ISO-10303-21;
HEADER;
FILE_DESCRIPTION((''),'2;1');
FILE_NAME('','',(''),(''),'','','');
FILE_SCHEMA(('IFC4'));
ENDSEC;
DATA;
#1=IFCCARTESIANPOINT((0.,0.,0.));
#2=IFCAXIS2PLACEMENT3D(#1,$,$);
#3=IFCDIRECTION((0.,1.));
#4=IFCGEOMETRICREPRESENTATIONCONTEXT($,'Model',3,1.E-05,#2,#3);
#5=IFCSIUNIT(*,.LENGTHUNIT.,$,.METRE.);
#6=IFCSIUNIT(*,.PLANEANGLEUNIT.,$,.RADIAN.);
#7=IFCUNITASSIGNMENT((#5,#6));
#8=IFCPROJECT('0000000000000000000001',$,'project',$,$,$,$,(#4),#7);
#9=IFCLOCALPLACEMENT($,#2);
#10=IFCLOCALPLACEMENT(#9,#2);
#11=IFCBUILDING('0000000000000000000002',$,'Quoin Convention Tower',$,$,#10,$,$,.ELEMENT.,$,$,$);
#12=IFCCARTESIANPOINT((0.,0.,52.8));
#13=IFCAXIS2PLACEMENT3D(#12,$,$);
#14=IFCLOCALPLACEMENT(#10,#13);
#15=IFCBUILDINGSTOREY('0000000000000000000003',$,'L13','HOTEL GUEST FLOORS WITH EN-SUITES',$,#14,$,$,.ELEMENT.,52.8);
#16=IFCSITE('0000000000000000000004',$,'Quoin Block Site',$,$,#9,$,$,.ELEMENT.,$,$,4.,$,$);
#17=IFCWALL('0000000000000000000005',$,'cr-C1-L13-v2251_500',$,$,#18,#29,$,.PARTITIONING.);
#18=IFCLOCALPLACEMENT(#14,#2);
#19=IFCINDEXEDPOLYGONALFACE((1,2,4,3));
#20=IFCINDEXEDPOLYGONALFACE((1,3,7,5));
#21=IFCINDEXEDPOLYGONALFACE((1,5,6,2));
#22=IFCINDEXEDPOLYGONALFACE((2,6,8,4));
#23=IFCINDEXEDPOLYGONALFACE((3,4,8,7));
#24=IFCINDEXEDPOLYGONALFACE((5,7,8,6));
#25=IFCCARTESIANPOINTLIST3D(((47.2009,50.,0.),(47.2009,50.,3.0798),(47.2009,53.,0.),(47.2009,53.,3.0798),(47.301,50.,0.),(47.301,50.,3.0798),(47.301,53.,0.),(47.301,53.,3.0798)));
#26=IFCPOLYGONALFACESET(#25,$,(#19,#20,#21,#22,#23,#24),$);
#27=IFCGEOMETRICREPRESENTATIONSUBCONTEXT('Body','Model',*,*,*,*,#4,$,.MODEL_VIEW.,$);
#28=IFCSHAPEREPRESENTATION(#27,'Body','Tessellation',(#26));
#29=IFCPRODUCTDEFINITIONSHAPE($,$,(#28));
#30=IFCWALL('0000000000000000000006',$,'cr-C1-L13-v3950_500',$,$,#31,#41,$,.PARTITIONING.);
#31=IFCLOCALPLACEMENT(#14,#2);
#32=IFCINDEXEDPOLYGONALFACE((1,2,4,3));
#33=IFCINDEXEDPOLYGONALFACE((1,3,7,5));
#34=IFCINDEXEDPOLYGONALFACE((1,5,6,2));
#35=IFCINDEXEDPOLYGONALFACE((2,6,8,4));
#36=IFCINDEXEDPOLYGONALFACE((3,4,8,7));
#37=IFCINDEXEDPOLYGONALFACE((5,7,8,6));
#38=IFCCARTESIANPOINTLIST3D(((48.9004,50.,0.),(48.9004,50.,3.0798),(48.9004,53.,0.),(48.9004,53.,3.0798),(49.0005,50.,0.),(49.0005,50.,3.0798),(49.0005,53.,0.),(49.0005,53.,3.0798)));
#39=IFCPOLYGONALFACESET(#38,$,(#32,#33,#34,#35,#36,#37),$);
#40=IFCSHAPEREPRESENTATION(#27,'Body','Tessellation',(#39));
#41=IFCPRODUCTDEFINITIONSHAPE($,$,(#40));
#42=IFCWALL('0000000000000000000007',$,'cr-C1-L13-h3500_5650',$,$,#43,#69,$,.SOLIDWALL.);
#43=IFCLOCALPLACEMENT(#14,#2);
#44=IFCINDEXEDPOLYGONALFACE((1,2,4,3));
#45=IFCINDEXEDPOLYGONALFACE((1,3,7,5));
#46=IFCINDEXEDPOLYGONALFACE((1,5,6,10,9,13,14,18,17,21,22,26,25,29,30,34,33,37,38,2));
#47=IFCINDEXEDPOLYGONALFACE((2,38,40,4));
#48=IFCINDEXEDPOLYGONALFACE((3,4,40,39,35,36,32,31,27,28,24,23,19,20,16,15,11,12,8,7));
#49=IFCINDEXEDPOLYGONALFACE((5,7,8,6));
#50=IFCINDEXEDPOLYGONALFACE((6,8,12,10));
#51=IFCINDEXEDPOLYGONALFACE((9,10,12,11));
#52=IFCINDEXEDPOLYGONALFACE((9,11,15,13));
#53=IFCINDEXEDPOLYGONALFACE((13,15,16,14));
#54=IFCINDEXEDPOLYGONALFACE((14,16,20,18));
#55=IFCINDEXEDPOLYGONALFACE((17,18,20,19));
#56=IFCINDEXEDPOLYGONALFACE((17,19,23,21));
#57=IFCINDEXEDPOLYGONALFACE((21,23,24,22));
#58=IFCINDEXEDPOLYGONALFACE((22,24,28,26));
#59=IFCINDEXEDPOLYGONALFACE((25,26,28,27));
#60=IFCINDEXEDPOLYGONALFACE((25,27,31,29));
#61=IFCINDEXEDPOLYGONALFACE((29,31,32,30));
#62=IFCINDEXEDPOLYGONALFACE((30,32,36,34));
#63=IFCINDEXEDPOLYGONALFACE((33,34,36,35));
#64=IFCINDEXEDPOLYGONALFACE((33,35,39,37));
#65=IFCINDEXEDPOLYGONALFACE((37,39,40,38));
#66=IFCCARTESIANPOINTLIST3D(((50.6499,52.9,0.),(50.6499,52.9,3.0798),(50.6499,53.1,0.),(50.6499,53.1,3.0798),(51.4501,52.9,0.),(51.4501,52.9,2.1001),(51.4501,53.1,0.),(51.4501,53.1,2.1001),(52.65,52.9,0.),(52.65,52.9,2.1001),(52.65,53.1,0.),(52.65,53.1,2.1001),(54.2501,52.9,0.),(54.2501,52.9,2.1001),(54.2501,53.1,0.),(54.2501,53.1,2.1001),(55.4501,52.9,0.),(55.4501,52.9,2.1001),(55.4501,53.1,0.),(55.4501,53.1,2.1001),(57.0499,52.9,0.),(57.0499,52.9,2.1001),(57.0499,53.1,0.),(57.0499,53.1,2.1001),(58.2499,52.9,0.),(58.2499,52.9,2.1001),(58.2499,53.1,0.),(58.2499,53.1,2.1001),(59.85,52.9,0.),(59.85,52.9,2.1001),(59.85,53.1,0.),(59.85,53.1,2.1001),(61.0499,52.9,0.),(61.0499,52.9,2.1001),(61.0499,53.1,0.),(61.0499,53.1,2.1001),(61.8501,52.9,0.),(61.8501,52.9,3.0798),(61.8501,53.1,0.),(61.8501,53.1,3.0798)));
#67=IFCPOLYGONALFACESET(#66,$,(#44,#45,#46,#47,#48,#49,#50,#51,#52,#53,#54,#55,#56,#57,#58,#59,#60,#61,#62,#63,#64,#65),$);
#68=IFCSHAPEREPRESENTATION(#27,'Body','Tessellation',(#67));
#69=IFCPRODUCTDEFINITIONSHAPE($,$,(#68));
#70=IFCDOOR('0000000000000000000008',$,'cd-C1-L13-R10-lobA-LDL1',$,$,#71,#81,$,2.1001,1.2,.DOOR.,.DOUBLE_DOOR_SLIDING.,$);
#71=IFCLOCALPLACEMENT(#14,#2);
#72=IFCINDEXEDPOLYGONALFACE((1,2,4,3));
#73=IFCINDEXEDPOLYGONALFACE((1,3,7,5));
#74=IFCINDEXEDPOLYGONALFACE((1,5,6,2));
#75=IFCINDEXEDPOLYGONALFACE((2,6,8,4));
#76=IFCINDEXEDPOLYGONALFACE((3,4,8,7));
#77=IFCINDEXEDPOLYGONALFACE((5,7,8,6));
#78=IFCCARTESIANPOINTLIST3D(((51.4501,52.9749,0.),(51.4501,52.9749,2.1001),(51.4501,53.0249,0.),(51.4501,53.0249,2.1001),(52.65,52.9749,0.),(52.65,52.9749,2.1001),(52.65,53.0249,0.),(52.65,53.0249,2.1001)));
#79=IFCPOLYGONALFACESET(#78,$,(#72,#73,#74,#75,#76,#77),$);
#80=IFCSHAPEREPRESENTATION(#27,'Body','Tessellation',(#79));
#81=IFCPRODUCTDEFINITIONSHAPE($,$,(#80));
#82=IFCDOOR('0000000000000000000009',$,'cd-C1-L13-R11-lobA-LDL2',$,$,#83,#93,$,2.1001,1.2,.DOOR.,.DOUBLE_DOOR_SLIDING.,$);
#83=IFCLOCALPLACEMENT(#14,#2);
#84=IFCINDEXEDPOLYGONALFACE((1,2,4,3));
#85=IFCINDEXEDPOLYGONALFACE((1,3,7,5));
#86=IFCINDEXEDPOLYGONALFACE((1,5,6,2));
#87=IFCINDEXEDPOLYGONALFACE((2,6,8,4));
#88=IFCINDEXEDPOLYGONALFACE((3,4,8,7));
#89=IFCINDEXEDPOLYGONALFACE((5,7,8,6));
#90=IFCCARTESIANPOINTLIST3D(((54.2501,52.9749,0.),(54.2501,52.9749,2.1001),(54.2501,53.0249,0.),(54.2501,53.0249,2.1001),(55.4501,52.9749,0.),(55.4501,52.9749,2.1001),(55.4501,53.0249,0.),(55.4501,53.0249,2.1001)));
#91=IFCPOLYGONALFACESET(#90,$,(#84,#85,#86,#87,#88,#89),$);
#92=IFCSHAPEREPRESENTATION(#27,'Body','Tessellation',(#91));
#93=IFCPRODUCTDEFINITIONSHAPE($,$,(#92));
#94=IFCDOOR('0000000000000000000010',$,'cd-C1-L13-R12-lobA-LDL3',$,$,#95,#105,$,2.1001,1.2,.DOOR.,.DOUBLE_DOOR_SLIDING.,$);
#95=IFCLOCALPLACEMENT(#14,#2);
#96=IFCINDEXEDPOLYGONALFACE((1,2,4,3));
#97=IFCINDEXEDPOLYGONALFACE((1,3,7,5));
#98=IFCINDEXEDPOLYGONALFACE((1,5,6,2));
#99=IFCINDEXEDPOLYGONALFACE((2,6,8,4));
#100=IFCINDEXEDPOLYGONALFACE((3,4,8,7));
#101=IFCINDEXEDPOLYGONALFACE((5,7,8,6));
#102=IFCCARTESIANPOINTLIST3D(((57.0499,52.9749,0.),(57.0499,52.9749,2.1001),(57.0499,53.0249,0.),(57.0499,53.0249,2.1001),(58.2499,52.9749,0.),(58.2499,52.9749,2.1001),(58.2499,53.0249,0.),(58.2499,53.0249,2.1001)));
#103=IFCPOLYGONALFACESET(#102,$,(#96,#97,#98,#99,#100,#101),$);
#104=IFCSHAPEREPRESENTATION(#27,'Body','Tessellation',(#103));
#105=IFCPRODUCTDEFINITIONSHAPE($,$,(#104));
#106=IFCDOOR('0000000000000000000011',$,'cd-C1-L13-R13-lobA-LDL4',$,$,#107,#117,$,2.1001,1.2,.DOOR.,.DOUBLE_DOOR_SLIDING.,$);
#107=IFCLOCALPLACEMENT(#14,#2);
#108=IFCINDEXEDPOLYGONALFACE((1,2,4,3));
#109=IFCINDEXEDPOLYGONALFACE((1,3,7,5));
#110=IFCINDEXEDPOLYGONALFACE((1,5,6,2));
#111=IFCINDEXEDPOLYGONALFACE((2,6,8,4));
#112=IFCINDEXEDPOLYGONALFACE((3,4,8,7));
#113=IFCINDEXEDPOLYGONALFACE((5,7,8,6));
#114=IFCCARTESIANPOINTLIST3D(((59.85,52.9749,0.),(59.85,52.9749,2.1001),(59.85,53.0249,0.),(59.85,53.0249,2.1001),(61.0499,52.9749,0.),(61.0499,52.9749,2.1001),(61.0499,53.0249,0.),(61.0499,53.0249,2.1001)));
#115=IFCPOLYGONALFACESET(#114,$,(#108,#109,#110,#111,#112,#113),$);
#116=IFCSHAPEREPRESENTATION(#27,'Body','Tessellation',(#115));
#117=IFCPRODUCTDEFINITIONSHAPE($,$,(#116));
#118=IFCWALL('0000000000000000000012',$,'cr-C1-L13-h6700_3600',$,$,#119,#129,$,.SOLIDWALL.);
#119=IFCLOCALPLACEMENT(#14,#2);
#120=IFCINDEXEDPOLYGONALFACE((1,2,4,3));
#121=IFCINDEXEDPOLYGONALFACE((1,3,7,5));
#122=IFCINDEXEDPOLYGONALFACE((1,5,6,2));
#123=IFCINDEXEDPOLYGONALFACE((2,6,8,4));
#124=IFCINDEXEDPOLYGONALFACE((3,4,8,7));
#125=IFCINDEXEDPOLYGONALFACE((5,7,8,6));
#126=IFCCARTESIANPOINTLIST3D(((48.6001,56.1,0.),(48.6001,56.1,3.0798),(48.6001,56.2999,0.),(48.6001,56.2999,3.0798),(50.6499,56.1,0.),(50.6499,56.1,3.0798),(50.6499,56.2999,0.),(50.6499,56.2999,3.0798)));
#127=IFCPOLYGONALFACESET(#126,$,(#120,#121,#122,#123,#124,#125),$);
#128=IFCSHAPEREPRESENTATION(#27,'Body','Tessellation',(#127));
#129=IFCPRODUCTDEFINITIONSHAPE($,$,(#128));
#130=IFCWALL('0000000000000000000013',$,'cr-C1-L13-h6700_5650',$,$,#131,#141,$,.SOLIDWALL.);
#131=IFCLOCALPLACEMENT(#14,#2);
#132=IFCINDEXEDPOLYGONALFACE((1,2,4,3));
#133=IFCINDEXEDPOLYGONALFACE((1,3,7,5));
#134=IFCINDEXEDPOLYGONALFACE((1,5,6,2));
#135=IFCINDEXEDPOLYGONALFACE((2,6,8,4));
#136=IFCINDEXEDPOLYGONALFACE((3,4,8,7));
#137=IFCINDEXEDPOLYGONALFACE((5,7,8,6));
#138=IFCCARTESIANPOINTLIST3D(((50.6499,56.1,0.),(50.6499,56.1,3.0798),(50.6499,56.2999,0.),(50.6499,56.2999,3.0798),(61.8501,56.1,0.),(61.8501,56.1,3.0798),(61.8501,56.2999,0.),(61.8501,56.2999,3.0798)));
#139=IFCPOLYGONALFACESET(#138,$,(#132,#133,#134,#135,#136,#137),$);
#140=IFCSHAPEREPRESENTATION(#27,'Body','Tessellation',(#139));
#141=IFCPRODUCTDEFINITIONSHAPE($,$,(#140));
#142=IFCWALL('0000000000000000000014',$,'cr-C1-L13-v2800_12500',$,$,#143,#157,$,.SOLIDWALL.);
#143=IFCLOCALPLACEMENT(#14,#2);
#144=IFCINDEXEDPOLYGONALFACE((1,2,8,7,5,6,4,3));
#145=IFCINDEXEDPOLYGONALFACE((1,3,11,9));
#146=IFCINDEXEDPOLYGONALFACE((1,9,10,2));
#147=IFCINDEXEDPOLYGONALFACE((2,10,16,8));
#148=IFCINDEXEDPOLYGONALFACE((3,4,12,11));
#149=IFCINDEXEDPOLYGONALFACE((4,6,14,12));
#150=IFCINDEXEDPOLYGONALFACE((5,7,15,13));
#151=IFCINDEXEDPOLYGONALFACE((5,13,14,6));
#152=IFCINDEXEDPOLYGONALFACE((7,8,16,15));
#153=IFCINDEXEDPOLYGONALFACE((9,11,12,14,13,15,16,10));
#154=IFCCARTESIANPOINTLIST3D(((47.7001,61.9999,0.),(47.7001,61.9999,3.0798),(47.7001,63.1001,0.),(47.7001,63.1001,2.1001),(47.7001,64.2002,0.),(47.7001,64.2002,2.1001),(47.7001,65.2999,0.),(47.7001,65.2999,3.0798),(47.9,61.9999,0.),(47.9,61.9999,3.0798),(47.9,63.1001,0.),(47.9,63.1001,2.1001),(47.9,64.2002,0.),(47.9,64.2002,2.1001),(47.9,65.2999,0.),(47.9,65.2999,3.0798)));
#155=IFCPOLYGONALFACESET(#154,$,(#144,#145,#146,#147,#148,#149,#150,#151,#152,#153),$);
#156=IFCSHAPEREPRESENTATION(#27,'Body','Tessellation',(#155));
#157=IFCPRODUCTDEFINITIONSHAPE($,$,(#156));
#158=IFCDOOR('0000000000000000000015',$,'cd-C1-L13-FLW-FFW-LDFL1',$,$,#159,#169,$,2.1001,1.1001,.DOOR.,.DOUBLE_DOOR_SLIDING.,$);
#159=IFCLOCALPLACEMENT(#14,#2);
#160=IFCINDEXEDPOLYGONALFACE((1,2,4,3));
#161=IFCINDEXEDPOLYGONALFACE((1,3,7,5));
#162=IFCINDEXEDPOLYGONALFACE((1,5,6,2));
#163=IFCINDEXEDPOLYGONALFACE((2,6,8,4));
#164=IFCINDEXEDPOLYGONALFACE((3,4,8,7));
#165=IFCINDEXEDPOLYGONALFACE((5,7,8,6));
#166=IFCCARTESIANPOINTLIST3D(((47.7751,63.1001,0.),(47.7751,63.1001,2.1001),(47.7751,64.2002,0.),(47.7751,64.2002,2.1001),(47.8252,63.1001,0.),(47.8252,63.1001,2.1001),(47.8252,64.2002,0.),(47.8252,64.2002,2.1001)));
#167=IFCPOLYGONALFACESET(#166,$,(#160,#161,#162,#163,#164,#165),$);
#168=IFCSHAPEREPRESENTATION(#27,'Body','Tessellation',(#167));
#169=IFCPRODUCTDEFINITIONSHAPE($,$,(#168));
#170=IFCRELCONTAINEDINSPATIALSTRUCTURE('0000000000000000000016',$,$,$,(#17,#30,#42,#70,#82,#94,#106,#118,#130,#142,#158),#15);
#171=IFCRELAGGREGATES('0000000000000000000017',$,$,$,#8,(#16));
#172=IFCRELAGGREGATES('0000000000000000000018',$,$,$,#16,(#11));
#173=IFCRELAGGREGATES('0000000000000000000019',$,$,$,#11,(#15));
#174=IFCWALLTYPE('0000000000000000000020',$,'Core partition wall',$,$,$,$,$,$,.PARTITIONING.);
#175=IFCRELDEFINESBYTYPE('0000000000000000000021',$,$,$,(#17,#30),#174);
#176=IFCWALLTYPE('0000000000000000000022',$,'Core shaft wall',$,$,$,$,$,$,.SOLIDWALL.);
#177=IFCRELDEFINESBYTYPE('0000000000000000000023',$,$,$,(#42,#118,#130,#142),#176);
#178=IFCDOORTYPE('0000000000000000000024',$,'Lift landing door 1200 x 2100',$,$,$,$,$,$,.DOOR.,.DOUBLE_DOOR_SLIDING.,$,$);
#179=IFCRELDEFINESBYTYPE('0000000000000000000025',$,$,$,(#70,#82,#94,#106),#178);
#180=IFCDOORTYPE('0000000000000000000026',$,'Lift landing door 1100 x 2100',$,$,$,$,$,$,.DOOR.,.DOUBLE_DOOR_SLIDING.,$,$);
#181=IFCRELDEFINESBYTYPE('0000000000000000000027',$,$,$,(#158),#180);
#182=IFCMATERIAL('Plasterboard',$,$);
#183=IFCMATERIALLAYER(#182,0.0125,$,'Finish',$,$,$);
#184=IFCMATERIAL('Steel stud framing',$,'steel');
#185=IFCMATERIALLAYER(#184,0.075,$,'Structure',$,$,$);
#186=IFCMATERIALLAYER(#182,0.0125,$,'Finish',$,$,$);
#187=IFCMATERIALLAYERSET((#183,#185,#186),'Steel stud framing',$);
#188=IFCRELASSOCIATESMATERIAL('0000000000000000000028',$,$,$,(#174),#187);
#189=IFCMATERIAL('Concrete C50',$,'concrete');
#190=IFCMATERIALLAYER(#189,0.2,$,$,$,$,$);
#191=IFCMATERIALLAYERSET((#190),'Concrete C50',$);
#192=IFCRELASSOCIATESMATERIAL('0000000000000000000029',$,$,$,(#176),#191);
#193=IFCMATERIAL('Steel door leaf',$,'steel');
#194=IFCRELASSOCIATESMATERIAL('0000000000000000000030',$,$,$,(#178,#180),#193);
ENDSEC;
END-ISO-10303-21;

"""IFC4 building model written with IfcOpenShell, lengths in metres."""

from ifc_helpers import new_model, si_unit, direction, frame, frame_2d, origin, place, context, subcontext, project, spatial, rectangle, extrude, material, layer, layer_set, type_object, element, fill, save


model = new_model("IFC4")

# Units and contexts
model_context = context("Model", 3, precision=1e-05, world=origin(), true_north=direction((0.0, 1.0)))
body_context = subcontext(model_context, "Body", "Model", "MODEL_VIEW")
ifc_project = project(units=[si_unit("LENGTHUNIT", "METRE"), si_unit("PLANEANGLEUNIT", "RADIAN")], contexts=[model_context])

# Site, building, storey
site_placement = place(None, origin())
site = spatial("IfcSite", under=ifc_project, at=site_placement, Name="Quoin Block Site", CompositionType="ELEMENT", RefElevation=4.0)
building_placement = place(site_placement, origin())
building = spatial("IfcBuilding", under=site, at=building_placement, Name="Quoin Convention Tower", CompositionType="ELEMENT")
storey_placement = place(building_placement, frame((0.0, 0.0, 52.8)))
storey = spatial("IfcBuildingStorey", under=building, at=storey_placement, Name="L13", Description="HOTEL GUEST FLOORS WITH EN-SUITES", CompositionType="ELEMENT", Elevation=52.8)

# Walls
ifc_material_1 = material(Name="Plasterboard")
ifc_layer_1 = layer(ifc_material_1, 0.0125, Name="Finish")
ifc_material_2 = material(Name="Steel stud framing", Category="steel")
ifc_layer_2 = layer(ifc_material_2, 0.075, Name="Structure")
ifc_layer_3 = layer(ifc_material_1, 0.0125, Name="Finish")
ifc_layer_set_1 = layer_set([ifc_layer_1, ifc_layer_2, ifc_layer_3], Name="Steel stud framing")
wall_type_1 = type_object("IfcWallType", Name="Core partition wall", PredefinedType="PARTITIONING", material=ifc_layer_set_1)
for number, where, z_axis, x_axis, name in (
    (1, (47.251, 50.0, 0.0), (0.0, 0.0, 1.0), (0.0, 1.0, 0.0), "cr-C1-L13-v2251_500"),
    (2, (48.9504, 50.0, 0.0), (0.0, 0.0, 1.0), (0.0, 1.0, 0.0), "cr-C1-L13-v3950_500"),
):
    element("IfcWall", number, at=place(storey_placement, frame(where, z_axis=z_axis, x_axis=x_axis)), inside=storey, type_object=wall_type_1, Name=name, PredefinedType="PARTITIONING", context=body_context, shape_type="SweptSolid", body=[
        extrude(rectangle(XDim=3.0, YDim=0.1001, at=frame_2d((1.5, 0.0))), origin(), (0.0, 0.0, 1.0), 3.0798),
    ])

# Wall, openings, doors
ifc_material_3 = material(Name="Concrete C50", Category="concrete")
ifc_layer_4 = layer(ifc_material_3, 0.2)
ifc_layer_set_2 = layer_set([ifc_layer_4], Name="Concrete C50")
wall_type_2 = type_object("IfcWallType", Name="Core shaft wall", PredefinedType="SOLIDWALL", material=ifc_layer_set_2)
wall_1_placement = place(storey_placement, frame((50.6499, 53.0, 0.0), z_axis=(0.0, 0.0, 1.0), x_axis=(1.0, 0.0, 0.0)))
wall_1 = element("IfcWall", 3, at=wall_1_placement, inside=storey, type_object=wall_type_2, Name="cr-C1-L13-h3500_5650", PredefinedType="SOLIDWALL", context=body_context, shape_type="SweptSolid", body=[
    extrude(rectangle(XDim=11.2002, YDim=0.2, at=frame_2d((5.6001, 0.0))), origin(), (0.0, 0.0, 1.0), 3.0798),
])
opening_1_placement = place(wall_1_placement, frame((0.8, 0.0, 0.0)))
opening_1 = element("IfcOpeningElement", 4, at=opening_1_placement, cuts=wall_1, PredefinedType="OPENING", context=body_context, shape_type="SweptSolid", body=[
    extrude(rectangle(XDim=1.2, YDim=2.1001, at=frame_2d((0.6001, 1.05))), frame((0.0, 0.1099, 0.0), z_axis=(0.0, -1.0, 0.0), x_axis=(1.0, 0.0, 0.0)), (0.0, 0.0, 1.0), 0.22),
])
opening_2_placement = place(wall_1_placement, frame((3.6001, 0.0, 0.0)))
opening_2 = element("IfcOpeningElement", 5, at=opening_2_placement, cuts=wall_1, PredefinedType="OPENING", context=body_context, shape_type="SweptSolid", body=[
    extrude(rectangle(XDim=1.2, YDim=2.1001, at=frame_2d((0.6001, 1.05))), frame((0.0, 0.1099, 0.0), z_axis=(0.0, -1.0, 0.0), x_axis=(1.0, 0.0, 0.0)), (0.0, 0.0, 1.0), 0.22),
])
opening_3_placement = place(wall_1_placement, frame((6.3999, 0.0, 0.0)))
opening_3 = element("IfcOpeningElement", 6, at=opening_3_placement, cuts=wall_1, PredefinedType="OPENING", context=body_context, shape_type="SweptSolid", body=[
    extrude(rectangle(XDim=1.2, YDim=2.1001, at=frame_2d((0.6001, 1.05))), frame((0.0, 0.1099, 0.0), z_axis=(0.0, -1.0, 0.0), x_axis=(1.0, 0.0, 0.0)), (0.0, 0.0, 1.0), 0.22),
])
opening_4_placement = place(wall_1_placement, frame((9.2, 0.0, 0.0)))
opening_4 = element("IfcOpeningElement", 7, at=opening_4_placement, cuts=wall_1, PredefinedType="OPENING", context=body_context, shape_type="SweptSolid", body=[
    extrude(rectangle(XDim=1.2, YDim=2.1001, at=frame_2d((0.6001, 1.05))), frame((0.0, 0.1099, 0.0), z_axis=(0.0, -1.0, 0.0), x_axis=(1.0, 0.0, 0.0)), (0.0, 0.0, 1.0), 0.22),
])
ifc_material_4 = material(Name="Steel door leaf", Category="steel")
door_type_1 = type_object("IfcDoorType", Name="Lift landing door 1200 x 2100", OperationType="DOUBLE_DOOR_SLIDING", PredefinedType="DOOR", material=ifc_material_4)
door_1_placement = place(opening_1_placement, origin())
door_1 = element("IfcDoor", 8, at=door_1_placement, inside=storey, type_object=door_type_1, Name="cd-C1-L13-R10-lobA-LDL1", OperationType="DOUBLE_DOOR_SLIDING", OverallHeight=2.1001, OverallWidth=1.2, PredefinedType="DOOR", context=body_context, shape_type="SweptSolid", body=[
    extrude(rectangle(XDim=1.2, YDim=2.1001, at=frame_2d((0.6001, 1.05))), frame((0.0, 0.0249, 0.0), z_axis=(0.0, -1.0, 0.0), x_axis=(1.0, 0.0, 0.0)), (0.0, 0.0, 1.0), 0.05),
])
fill(opening_1, door_1)
door_2_placement = place(opening_2_placement, origin())
door_2 = element("IfcDoor", 9, at=door_2_placement, inside=storey, type_object=door_type_1, Name="cd-C1-L13-R11-lobA-LDL2", OperationType="DOUBLE_DOOR_SLIDING", OverallHeight=2.1001, OverallWidth=1.2, PredefinedType="DOOR", context=body_context, shape_type="SweptSolid", body=[
    extrude(rectangle(XDim=1.2, YDim=2.1001, at=frame_2d((0.6001, 1.05))), frame((0.0, 0.0249, 0.0), z_axis=(0.0, -1.0, 0.0), x_axis=(1.0, 0.0, 0.0)), (0.0, 0.0, 1.0), 0.05),
])
fill(opening_2, door_2)
door_3_placement = place(opening_3_placement, origin())
door_3 = element("IfcDoor", 10, at=door_3_placement, inside=storey, type_object=door_type_1, Name="cd-C1-L13-R12-lobA-LDL3", OperationType="DOUBLE_DOOR_SLIDING", OverallHeight=2.1001, OverallWidth=1.2, PredefinedType="DOOR", context=body_context, shape_type="SweptSolid", body=[
    extrude(rectangle(XDim=1.2, YDim=2.1001, at=frame_2d((0.6001, 1.05))), frame((0.0, 0.0249, 0.0), z_axis=(0.0, -1.0, 0.0), x_axis=(1.0, 0.0, 0.0)), (0.0, 0.0, 1.0), 0.05),
])
fill(opening_3, door_3)
door_4_placement = place(opening_4_placement, origin())
door_4 = element("IfcDoor", 11, at=door_4_placement, inside=storey, type_object=door_type_1, Name="cd-C1-L13-R13-lobA-LDL4", OperationType="DOUBLE_DOOR_SLIDING", OverallHeight=2.1001, OverallWidth=1.2, PredefinedType="DOOR", context=body_context, shape_type="SweptSolid", body=[
    extrude(rectangle(XDim=1.2, YDim=2.1001, at=frame_2d((0.6001, 1.05))), frame((0.0, 0.0249, 0.0), z_axis=(0.0, -1.0, 0.0), x_axis=(1.0, 0.0, 0.0)), (0.0, 0.0, 1.0), 0.05),
])
fill(opening_4, door_4)

# Walls
wall_2_placement = place(storey_placement, frame((48.6001, 56.2, 0.0), z_axis=(0.0, 0.0, 1.0), x_axis=(1.0, 0.0, 0.0)))
element("IfcWall", 12, at=wall_2_placement, inside=storey, type_object=wall_type_2, Name="cr-C1-L13-h6700_3600", PredefinedType="SOLIDWALL", context=body_context, shape_type="SweptSolid", body=[
    extrude(rectangle(XDim=2.0498, YDim=0.2, at=frame_2d((1.0249, 0.0))), origin(), (0.0, 0.0, 1.0), 3.0798),
])
wall_3_placement = place(storey_placement, frame((50.6499, 56.2, 0.0), z_axis=(0.0, 0.0, 1.0), x_axis=(1.0, 0.0, 0.0)))
element("IfcWall", 13, at=wall_3_placement, inside=storey, type_object=wall_type_2, Name="cr-C1-L13-h6700_5650", PredefinedType="SOLIDWALL", context=body_context, shape_type="SweptSolid", body=[
    extrude(rectangle(XDim=11.2002, YDim=0.2, at=frame_2d((5.6001, 0.0))), origin(), (0.0, 0.0, 1.0), 3.0798),
])

# Wall, opening, door
wall_4_placement = place(storey_placement, frame((47.8, 62.0, 0.0), z_axis=(0.0, 0.0, 1.0), x_axis=(0.0, 1.0, 0.0)))
wall_4 = element("IfcWall", 14, at=wall_4_placement, inside=storey, type_object=wall_type_2, Name="cr-C1-L13-v2800_12500", PredefinedType="SOLIDWALL", context=body_context, shape_type="SweptSolid", body=[
    extrude(rectangle(XDim=3.3, YDim=0.2, at=frame_2d((1.6499, 0.0))), origin(), (0.0, 0.0, 1.0), 3.0798),
])
opening_5_placement = place(wall_4_placement, frame((1.1001, 0.0, 0.0)))
opening_5 = element("IfcOpeningElement", 15, at=opening_5_placement, cuts=wall_4, PredefinedType="OPENING", context=body_context, shape_type="SweptSolid", body=[
    extrude(rectangle(XDim=1.1001, YDim=2.1001, at=frame_2d((0.55, 1.05))), frame((0.0, 0.1099, 0.0), z_axis=(0.0, -1.0, 0.0), x_axis=(1.0, 0.0, 0.0)), (0.0, 0.0, 1.0), 0.22),
])
door_type_2 = type_object("IfcDoorType", Name="Lift landing door 1100 x 2100", OperationType="DOUBLE_DOOR_SLIDING", PredefinedType="DOOR", material=ifc_material_4)
door_5_placement = place(opening_5_placement, origin())
door_5 = element("IfcDoor", 16, at=door_5_placement, inside=storey, type_object=door_type_2, Name="cd-C1-L13-FLW-FFW-LDFL1", OperationType="DOUBLE_DOOR_SLIDING", OverallHeight=2.1001, OverallWidth=1.1001, PredefinedType="DOOR", context=body_context, shape_type="SweptSolid", body=[
    extrude(rectangle(XDim=1.1001, YDim=2.1001, at=frame_2d((0.55, 1.05))), frame((0.0, 0.0249, 0.0), z_axis=(0.0, -1.0, 0.0), x_axis=(1.0, 0.0, 0.0)), (0.0, 0.0, 1.0), 0.05),
])
fill(opening_5, door_5)

save(model, "model.ifc")
